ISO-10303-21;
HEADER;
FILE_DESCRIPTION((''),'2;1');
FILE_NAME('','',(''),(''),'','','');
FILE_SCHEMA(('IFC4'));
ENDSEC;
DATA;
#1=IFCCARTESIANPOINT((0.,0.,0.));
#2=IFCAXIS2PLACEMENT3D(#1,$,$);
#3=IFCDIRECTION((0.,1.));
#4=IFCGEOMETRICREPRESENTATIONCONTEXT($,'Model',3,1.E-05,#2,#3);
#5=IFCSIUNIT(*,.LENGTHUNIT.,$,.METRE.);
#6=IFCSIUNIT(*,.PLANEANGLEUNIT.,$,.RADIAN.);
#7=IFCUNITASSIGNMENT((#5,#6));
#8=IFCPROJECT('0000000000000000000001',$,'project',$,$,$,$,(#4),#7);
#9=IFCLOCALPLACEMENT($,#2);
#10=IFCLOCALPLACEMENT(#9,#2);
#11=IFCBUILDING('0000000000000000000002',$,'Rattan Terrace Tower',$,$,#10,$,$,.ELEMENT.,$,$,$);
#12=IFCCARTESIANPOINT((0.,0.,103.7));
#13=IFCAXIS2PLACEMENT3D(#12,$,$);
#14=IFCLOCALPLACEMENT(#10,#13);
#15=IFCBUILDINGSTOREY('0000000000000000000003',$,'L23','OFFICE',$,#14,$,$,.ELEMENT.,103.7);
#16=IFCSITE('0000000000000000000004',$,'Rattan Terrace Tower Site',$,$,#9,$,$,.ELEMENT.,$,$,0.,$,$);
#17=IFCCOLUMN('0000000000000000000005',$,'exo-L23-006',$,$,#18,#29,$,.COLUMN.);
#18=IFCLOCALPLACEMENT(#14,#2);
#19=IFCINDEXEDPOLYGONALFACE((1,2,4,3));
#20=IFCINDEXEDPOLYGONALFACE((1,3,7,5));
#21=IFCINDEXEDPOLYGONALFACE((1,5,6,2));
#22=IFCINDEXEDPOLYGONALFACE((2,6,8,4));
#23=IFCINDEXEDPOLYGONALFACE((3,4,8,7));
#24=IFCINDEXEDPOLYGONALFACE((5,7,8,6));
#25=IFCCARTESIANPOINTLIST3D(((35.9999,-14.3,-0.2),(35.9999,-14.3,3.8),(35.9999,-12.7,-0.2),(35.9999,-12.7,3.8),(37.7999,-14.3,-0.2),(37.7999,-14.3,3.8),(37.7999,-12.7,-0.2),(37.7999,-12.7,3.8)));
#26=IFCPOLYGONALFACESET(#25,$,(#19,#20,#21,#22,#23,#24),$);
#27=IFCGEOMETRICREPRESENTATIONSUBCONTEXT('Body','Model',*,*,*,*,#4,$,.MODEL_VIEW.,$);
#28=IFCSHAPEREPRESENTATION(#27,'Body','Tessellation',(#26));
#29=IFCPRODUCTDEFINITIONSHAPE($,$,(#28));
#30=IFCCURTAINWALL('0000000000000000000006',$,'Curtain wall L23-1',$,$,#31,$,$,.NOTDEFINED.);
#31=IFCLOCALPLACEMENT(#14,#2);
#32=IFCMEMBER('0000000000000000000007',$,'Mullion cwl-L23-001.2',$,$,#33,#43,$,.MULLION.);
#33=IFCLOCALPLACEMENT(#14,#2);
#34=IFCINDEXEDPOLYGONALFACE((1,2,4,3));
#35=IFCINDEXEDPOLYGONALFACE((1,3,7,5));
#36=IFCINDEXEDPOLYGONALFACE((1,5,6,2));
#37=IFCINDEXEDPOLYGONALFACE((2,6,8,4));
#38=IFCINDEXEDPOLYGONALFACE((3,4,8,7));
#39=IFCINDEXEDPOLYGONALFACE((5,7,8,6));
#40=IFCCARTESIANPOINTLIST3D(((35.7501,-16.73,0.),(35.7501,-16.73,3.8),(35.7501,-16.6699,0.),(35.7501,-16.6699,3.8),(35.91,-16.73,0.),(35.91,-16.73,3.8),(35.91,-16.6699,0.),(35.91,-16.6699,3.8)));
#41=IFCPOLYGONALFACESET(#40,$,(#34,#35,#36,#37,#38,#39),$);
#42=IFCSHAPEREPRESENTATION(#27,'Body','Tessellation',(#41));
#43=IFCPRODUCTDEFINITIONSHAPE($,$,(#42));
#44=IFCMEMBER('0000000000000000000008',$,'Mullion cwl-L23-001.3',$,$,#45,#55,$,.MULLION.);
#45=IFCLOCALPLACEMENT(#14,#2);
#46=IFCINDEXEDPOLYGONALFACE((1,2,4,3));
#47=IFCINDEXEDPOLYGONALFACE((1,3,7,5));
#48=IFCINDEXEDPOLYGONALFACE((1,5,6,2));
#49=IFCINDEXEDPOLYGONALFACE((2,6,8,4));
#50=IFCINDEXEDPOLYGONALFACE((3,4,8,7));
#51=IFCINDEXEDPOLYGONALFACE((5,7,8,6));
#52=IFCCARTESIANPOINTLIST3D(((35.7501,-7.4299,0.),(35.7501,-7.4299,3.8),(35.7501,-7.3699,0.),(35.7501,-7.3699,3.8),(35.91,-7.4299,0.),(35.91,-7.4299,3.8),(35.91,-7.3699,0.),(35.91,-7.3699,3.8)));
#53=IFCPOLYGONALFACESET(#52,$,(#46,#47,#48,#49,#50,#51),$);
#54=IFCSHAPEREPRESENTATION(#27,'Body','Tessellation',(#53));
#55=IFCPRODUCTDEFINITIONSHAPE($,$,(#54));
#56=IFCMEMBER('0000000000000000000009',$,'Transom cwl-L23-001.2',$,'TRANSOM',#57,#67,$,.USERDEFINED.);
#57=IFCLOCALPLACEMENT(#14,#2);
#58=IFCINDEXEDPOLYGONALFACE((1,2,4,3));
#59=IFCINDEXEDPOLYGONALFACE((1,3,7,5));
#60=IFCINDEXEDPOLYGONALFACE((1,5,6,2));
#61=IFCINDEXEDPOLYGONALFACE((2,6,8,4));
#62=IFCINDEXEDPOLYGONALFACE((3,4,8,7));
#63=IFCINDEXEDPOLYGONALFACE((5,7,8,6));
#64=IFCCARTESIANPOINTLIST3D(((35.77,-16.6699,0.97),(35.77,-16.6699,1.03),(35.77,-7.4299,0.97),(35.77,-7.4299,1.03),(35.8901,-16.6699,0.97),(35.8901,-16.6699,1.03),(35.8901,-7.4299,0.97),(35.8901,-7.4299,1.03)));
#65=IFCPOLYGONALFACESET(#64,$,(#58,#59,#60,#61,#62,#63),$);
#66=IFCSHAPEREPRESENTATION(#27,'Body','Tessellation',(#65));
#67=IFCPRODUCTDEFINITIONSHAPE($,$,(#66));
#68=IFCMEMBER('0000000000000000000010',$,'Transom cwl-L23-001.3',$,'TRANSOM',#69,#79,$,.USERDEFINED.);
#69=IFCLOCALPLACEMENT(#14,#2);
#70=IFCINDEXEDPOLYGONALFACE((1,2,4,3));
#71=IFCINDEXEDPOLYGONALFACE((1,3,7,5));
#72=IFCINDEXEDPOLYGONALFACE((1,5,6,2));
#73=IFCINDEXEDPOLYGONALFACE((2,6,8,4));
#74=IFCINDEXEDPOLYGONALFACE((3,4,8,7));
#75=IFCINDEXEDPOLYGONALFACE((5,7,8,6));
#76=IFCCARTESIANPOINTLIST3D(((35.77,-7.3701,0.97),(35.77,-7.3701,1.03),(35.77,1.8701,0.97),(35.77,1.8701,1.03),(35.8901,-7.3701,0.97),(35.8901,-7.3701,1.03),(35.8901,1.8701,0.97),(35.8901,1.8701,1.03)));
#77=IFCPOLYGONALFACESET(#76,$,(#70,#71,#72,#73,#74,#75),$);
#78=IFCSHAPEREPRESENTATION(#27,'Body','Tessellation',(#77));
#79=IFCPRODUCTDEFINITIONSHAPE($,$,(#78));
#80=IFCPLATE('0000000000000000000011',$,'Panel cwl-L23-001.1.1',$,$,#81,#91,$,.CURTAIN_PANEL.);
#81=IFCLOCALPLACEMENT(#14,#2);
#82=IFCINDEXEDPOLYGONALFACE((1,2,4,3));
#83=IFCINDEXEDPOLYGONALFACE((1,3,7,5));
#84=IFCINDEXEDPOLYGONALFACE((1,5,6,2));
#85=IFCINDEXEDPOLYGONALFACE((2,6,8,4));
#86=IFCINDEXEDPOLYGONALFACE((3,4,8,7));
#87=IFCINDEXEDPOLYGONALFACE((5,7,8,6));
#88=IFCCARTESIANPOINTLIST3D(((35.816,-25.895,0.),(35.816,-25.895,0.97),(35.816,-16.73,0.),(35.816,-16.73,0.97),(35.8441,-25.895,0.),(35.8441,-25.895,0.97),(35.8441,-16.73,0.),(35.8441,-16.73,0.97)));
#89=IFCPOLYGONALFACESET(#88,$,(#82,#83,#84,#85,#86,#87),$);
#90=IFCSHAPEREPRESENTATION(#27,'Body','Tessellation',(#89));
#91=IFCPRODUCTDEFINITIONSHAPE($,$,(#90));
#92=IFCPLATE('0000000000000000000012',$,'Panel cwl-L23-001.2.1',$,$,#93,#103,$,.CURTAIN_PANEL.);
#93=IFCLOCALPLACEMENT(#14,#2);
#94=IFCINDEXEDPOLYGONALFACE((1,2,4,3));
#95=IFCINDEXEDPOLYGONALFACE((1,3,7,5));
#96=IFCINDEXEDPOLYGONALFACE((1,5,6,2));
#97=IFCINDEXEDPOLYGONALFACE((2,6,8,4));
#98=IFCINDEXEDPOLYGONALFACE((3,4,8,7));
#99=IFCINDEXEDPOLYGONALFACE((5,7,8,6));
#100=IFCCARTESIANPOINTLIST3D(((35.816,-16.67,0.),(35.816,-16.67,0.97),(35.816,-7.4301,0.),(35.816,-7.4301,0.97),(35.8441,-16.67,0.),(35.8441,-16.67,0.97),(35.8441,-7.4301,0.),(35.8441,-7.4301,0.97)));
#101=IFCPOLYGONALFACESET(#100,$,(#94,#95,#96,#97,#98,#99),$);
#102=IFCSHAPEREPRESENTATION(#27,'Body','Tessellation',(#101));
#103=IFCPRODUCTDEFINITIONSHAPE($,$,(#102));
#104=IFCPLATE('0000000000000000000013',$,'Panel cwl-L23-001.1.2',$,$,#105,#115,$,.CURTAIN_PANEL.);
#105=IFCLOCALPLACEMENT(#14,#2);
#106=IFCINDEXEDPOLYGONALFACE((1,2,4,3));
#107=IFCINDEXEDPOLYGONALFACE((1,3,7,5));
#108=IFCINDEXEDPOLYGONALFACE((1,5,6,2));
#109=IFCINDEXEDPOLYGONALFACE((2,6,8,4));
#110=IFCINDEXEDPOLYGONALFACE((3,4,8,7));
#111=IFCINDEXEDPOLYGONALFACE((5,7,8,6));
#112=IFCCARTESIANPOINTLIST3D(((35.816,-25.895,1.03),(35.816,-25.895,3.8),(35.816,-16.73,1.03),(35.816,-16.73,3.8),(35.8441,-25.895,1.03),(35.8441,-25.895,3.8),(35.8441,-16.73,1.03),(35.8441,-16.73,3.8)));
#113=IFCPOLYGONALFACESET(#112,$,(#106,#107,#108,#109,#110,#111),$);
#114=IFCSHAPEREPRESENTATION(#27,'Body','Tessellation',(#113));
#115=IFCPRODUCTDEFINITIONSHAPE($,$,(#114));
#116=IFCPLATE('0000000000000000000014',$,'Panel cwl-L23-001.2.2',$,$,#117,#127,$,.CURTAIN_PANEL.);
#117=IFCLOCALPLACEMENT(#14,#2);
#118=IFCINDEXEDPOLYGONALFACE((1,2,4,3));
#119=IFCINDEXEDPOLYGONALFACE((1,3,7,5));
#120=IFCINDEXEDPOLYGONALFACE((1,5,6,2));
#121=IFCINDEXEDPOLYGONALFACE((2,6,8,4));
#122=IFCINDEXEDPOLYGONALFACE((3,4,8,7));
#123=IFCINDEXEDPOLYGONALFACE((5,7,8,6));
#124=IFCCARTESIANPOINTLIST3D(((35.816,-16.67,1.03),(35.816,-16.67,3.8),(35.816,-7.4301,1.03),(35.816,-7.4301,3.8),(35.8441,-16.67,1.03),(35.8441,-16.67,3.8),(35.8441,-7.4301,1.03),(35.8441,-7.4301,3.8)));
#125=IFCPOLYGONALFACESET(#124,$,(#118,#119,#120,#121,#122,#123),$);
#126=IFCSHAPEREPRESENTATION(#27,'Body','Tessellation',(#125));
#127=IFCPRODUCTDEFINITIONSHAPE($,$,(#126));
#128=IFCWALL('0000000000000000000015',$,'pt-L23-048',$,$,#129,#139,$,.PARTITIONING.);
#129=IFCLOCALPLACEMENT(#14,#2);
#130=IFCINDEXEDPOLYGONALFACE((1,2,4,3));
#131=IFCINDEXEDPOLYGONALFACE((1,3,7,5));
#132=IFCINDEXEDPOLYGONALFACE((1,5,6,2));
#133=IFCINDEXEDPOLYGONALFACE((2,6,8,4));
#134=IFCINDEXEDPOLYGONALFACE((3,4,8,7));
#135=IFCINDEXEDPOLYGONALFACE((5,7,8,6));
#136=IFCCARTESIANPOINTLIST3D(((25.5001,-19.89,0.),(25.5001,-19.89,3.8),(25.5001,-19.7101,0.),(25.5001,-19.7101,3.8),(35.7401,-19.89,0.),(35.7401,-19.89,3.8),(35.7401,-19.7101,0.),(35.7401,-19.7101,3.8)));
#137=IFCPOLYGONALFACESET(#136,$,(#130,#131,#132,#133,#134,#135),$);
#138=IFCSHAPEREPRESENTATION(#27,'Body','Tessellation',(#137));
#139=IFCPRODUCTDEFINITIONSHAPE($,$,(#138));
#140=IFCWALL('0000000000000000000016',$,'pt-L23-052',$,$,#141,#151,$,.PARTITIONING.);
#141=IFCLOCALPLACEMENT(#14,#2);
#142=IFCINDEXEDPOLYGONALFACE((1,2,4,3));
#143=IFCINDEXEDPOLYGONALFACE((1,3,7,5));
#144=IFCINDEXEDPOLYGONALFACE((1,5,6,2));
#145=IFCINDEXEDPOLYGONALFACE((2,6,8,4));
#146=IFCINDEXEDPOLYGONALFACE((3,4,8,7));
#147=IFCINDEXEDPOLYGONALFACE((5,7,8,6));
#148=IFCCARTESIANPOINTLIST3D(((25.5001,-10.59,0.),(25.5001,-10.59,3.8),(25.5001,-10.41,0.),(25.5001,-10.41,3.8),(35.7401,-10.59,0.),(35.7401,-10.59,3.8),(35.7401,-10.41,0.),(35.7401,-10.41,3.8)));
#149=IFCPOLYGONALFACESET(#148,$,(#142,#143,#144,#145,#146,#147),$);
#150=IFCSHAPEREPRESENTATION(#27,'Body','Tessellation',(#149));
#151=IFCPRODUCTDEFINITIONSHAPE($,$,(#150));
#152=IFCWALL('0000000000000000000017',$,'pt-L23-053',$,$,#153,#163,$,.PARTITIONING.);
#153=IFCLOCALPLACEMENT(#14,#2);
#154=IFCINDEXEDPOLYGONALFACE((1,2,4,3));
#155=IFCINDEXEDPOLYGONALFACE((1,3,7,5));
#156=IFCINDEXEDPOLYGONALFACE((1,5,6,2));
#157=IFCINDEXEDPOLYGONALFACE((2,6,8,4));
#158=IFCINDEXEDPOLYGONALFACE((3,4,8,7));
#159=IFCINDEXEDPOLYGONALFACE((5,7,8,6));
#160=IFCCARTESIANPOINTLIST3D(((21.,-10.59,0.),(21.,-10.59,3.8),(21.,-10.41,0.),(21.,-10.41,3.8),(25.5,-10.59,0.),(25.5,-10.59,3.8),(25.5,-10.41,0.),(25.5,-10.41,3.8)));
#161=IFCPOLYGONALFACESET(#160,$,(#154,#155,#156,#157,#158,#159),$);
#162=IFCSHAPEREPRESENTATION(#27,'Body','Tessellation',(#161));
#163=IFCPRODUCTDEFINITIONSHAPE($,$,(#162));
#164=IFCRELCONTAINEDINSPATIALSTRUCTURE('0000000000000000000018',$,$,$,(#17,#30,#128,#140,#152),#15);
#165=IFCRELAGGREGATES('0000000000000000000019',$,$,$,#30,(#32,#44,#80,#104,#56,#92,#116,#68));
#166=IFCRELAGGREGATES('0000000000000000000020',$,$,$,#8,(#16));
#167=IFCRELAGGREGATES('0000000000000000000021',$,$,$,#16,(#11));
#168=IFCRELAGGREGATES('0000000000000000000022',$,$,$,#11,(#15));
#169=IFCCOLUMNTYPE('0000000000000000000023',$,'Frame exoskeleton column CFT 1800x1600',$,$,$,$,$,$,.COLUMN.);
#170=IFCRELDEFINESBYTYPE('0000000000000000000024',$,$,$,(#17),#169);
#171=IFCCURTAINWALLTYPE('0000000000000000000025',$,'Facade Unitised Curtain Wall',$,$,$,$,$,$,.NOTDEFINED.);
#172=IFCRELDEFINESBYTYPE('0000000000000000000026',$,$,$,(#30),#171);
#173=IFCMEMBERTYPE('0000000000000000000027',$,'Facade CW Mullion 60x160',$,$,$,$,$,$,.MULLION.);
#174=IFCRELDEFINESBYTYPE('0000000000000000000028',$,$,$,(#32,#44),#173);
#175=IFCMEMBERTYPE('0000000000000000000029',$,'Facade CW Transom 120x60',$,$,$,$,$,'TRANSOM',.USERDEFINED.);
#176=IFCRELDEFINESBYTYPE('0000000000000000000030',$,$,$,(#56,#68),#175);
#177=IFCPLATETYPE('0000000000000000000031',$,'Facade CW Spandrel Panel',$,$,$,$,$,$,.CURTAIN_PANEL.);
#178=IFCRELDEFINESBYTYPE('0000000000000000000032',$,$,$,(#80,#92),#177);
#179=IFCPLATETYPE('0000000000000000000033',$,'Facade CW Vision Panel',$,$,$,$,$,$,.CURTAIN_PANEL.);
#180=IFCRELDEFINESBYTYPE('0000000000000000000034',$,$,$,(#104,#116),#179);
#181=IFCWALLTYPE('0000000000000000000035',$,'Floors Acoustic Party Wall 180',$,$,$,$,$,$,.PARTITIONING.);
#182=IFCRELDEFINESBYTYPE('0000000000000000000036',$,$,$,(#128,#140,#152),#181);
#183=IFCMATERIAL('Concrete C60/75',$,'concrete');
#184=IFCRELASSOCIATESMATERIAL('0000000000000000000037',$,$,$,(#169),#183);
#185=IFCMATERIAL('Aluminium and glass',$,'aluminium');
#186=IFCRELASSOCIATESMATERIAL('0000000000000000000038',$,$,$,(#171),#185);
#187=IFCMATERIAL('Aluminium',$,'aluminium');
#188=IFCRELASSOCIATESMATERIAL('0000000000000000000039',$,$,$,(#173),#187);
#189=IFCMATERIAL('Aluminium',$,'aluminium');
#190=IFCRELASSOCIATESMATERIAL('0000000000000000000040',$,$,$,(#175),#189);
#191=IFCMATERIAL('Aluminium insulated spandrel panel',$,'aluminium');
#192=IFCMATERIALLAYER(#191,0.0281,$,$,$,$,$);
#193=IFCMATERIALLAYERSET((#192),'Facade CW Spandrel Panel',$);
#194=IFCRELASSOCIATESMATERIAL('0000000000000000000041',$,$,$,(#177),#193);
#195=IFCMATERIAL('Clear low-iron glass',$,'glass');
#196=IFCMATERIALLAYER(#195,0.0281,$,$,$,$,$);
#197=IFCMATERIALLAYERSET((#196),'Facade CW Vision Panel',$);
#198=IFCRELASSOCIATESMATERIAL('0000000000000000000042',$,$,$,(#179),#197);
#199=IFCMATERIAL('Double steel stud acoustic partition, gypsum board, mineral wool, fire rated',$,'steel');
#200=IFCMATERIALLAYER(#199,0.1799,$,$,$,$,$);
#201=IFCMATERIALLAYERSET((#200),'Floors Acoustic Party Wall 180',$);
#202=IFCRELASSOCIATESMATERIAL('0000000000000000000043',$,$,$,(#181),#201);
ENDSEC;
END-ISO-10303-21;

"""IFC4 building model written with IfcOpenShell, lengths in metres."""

from ifc_helpers import new_model, si_unit, direction, frame, frame_2d, origin, origin_2d, place, context, subcontext, project, spatial, rectangle, extrude, material, layer, layer_set, material_profile, profile_set, type_object, element, aggregate, save


model = new_model("IFC4")

# Units and contexts
model_context = context("Model", 3, precision=1e-05, world=origin(), true_north=direction((0.0, 1.0)))
body_context = subcontext(model_context, "Body", "Model", "MODEL_VIEW")
ifc_project = project(units=[si_unit("LENGTHUNIT", "METRE"), si_unit("PLANEANGLEUNIT", "RADIAN")], contexts=[model_context])

# Site, building, storey
site_placement = place(None, origin())
site = spatial("IfcSite", under=ifc_project, at=site_placement, Name="Rattan Terrace Tower Site", CompositionType="ELEMENT", RefElevation=0.0)
building_placement = place(site_placement, origin())
building = spatial("IfcBuilding", under=site, at=building_placement, Name="Rattan Terrace Tower", CompositionType="ELEMENT")
storey_placement = place(building_placement, frame((0.0, 0.0, 103.7)))
storey = spatial("IfcBuildingStorey", under=building, at=storey_placement, Name="L23", Description="OFFICE", CompositionType="ELEMENT", Elevation=103.7)

# Column
ifc_material_1 = material(Name="Concrete C60/75", Category="concrete")
ifc_material_profile_1 = material_profile(ifc_material_1, rectangle(XDim=1.6001, YDim=1.8, at=origin_2d()), Name="CFT 1800x1600")
ifc_profile_set_1 = profile_set([ifc_material_profile_1], Name="Concrete C60/75")
column_type = type_object("IfcColumnType", Name="Frame exoskeleton column CFT 1800x1600", PredefinedType="COLUMN", material=ifc_profile_set_1)
column_placement = place(storey_placement, frame((36.8999, -13.5, -0.2), z_axis=(0.0, 0.0, 1.0), x_axis=(0.0, 1.0, 0.0)))
element("IfcColumn", 1, at=column_placement, inside=storey, type_object=column_type, Name="exo-L23-006", PredefinedType="COLUMN", context=body_context, shape_type="SweptSolid", body=[
    extrude(rectangle(XDim=1.6001, YDim=1.8, at=origin_2d()), origin(), (0.0, 0.0, 1.0), 4.0),
])

# Curtain wall, members, plates
ifc_material_2 = material(Name="Aluminium and glass", Category="aluminium")
curtain_wall_type = type_object("IfcCurtainWallType", Name="Facade Unitised Curtain Wall", PredefinedType="NOTDEFINED", material=ifc_material_2)
curtain_wall_placement = place(storey_placement, origin())
curtain_wall = element("IfcCurtainWall", 2, at=curtain_wall_placement, inside=storey, type_object=curtain_wall_type, Name="Curtain wall L23-1", PredefinedType="NOTDEFINED")
ifc_material_3 = material(Name="Aluminium", Category="aluminium")
ifc_material_profile_2 = material_profile(ifc_material_3, rectangle(XDim=0.0601, YDim=0.1599, at=origin_2d()), Name="Aluminium 60x160")
ifc_profile_set_2 = profile_set([ifc_material_profile_2], Name="Aluminium")
member_type_1 = type_object("IfcMemberType", Name="Facade CW Mullion 60x160", PredefinedType="MULLION", material=ifc_profile_set_2)
member_1_placement = place(storey_placement, frame((35.8301, -16.7, 0.0), z_axis=(0.0, 0.0, 1.0), x_axis=(0.0, 1.0, 0.0)))
member_1 = element("IfcMember", 3, at=member_1_placement, type_object=member_type_1, Name="Mullion cwl-L23-001.2", PredefinedType="MULLION", context=body_context, shape_type="SweptSolid", body=[
    extrude(rectangle(XDim=0.0601, YDim=0.1599, at=origin_2d()), origin(), (0.0, 0.0, 1.0), 3.8),
])
member_2_placement = place(storey_placement, frame((35.8301, -7.3999, 0.0), z_axis=(0.0, 0.0, 1.0), x_axis=(0.0, 1.0, 0.0)))
member_2 = element("IfcMember", 4, at=member_2_placement, type_object=member_type_1, Name="Mullion cwl-L23-001.3", PredefinedType="MULLION", context=body_context, shape_type="SweptSolid", body=[
    extrude(rectangle(XDim=0.0601, YDim=0.1599, at=origin_2d()), origin(), (0.0, 0.0, 1.0), 3.8),
])
ifc_material_4 = material(Name="Aluminium", Category="aluminium")
ifc_material_profile_3 = material_profile(ifc_material_4, rectangle(XDim=0.1201, YDim=0.0601, at=origin_2d()), Name="Aluminium 120x60")
ifc_profile_set_3 = profile_set([ifc_material_profile_3], Name="Aluminium")
member_type_2 = type_object("IfcMemberType", Name="Facade CW Transom 120x60", ElementType="TRANSOM", PredefinedType="USERDEFINED", material=ifc_profile_set_3)
member_3_placement = place(storey_placement, frame((35.8301, -16.6699, 1.0), z_axis=(0.0, 1.0, 0.0), x_axis=(-1.0, 0.0, 0.0)))
member_3 = element("IfcMember", 5, at=member_3_placement, type_object=member_type_2, Name="Transom cwl-L23-001.2", ObjectType="TRANSOM", PredefinedType="USERDEFINED", context=body_context, shape_type="SweptSolid", body=[
    extrude(rectangle(XDim=0.1201, YDim=0.0601, at=origin_2d()), origin(), (0.0, 0.0, 1.0), 9.24),
])
member_4_placement = place(storey_placement, frame((35.8301, -7.3701, 1.0), z_axis=(0.0, 1.0, 0.0), x_axis=(-1.0, 0.0, 0.0)))
member_4 = element("IfcMember", 6, at=member_4_placement, type_object=member_type_2, Name="Transom cwl-L23-001.3", ObjectType="TRANSOM", PredefinedType="USERDEFINED", context=body_context, shape_type="SweptSolid", body=[
    extrude(rectangle(XDim=0.1201, YDim=0.0601, at=origin_2d()), origin(), (0.0, 0.0, 1.0), 9.2402),
])
ifc_material_5 = material(Name="Aluminium insulated spandrel panel", Category="aluminium")
ifc_layer_1 = layer(ifc_material_5, 0.0281)
ifc_layer_set_1 = layer_set([ifc_layer_1], Name="Facade CW Spandrel Panel")
plate_type_1 = type_object("IfcPlateType", Name="Facade CW Spandrel Panel", PredefinedType="CURTAIN_PANEL", material=ifc_layer_set_1)
plate_1_placement = place(storey_placement, frame((35.8301, -21.3125, 0.0), z_axis=(0.0, 0.0, 1.0), x_axis=(0.0, 1.0, 0.0)))
plate_1 = element("IfcPlate", 7, at=plate_1_placement, type_object=plate_type_1, Name="Panel cwl-L23-001.1.1", PredefinedType="CURTAIN_PANEL", context=body_context, shape_type="SweptSolid", body=[
    extrude(rectangle(XDim=9.165, YDim=0.0281, at=origin_2d()), origin(), (0.0, 0.0, 1.0), 0.97),
])
plate_2_placement = place(storey_placement, frame((35.8301, -12.05, 0.0), z_axis=(0.0, 0.0, 1.0), x_axis=(0.0, 1.0, 0.0)))
plate_2 = element("IfcPlate", 8, at=plate_2_placement, type_object=plate_type_1, Name="Panel cwl-L23-001.2.1", PredefinedType="CURTAIN_PANEL", context=body_context, shape_type="SweptSolid", body=[
    extrude(rectangle(XDim=9.24, YDim=0.0281, at=origin_2d()), origin(), (0.0, 0.0, 1.0), 0.97),
])
ifc_material_6 = material(Name="Clear low-iron glass", Category="glass")
ifc_layer_2 = layer(ifc_material_6, 0.0281)
ifc_layer_set_2 = layer_set([ifc_layer_2], Name="Facade CW Vision Panel")
plate_type_2 = type_object("IfcPlateType", Name="Facade CW Vision Panel", PredefinedType="CURTAIN_PANEL", material=ifc_layer_set_2)
plate_3_placement = place(storey_placement, frame((35.8301, -21.3125, 1.03), z_axis=(0.0, 0.0, 1.0), x_axis=(0.0, 1.0, 0.0)))
plate_3 = element("IfcPlate", 9, at=plate_3_placement, type_object=plate_type_2, Name="Panel cwl-L23-001.1.2", PredefinedType="CURTAIN_PANEL", context=body_context, shape_type="SweptSolid", body=[
    extrude(rectangle(XDim=9.165, YDim=0.0281, at=origin_2d()), origin(), (0.0, 0.0, 1.0), 2.77),
])
plate_4_placement = place(storey_placement, frame((35.8301, -12.05, 1.03), z_axis=(0.0, 0.0, 1.0), x_axis=(0.0, 1.0, 0.0)))
plate_4 = element("IfcPlate", 10, at=plate_4_placement, type_object=plate_type_2, Name="Panel cwl-L23-001.2.2", PredefinedType="CURTAIN_PANEL", context=body_context, shape_type="SweptSolid", body=[
    extrude(rectangle(XDim=9.24, YDim=0.0281, at=origin_2d()), origin(), (0.0, 0.0, 1.0), 2.77),
])
aggregate(curtain_wall, [member_1, member_2, plate_1, plate_3, member_3, plate_2, plate_4, member_4])

# Walls
ifc_material_7 = material(Name="Double steel stud acoustic partition, gypsum board, mineral wool, fire rated", Category="steel")
ifc_layer_3 = layer(ifc_material_7, 0.1799)
ifc_layer_set_3 = layer_set([ifc_layer_3], Name="Floors Acoustic Party Wall 180")
wall_type_1 = type_object("IfcWallType", Name="Floors Acoustic Party Wall 180", PredefinedType="PARTITIONING", material=ifc_layer_set_3)
for number, where, z_axis, x_axis, name in (
    (11, (25.5, -19.8, 0.0), (0.0, 0.0, 1.0), (1.0, 0.0, 0.0), "pt-L23-048"),
    (12, (25.5, -10.5, 0.0), (0.0, 0.0, 1.0), (1.0, 0.0, 0.0), "pt-L23-052"),
):
    element("IfcWall", number, at=place(storey_placement, frame(where, z_axis=z_axis, x_axis=x_axis)), inside=storey, type_object=wall_type_1, Name=name, PredefinedType="PARTITIONING", context=body_context, shape_type="SweptSolid", body=[
        extrude(rectangle(XDim=10.24, YDim=0.1799, at=frame_2d((5.1201, 0.0))), origin(), (0.0, 0.0, 1.0), 3.8),
    ])
wall_1_placement = place(storey_placement, frame((21.0, -10.5, 0.0), z_axis=(0.0, 0.0, 1.0), x_axis=(1.0, 0.0, 0.0)))
element("IfcWall", 13, at=wall_1_placement, inside=storey, type_object=wall_type_1, Name="pt-L23-053", PredefinedType="PARTITIONING", context=body_context, shape_type="SweptSolid", body=[
    extrude(rectangle(XDim=4.5, YDim=0.1799, at=frame_2d((2.25, 0.0))), origin(), (0.0, 0.0, 1.0), 3.8),
])

save(model, "model.ifc")
